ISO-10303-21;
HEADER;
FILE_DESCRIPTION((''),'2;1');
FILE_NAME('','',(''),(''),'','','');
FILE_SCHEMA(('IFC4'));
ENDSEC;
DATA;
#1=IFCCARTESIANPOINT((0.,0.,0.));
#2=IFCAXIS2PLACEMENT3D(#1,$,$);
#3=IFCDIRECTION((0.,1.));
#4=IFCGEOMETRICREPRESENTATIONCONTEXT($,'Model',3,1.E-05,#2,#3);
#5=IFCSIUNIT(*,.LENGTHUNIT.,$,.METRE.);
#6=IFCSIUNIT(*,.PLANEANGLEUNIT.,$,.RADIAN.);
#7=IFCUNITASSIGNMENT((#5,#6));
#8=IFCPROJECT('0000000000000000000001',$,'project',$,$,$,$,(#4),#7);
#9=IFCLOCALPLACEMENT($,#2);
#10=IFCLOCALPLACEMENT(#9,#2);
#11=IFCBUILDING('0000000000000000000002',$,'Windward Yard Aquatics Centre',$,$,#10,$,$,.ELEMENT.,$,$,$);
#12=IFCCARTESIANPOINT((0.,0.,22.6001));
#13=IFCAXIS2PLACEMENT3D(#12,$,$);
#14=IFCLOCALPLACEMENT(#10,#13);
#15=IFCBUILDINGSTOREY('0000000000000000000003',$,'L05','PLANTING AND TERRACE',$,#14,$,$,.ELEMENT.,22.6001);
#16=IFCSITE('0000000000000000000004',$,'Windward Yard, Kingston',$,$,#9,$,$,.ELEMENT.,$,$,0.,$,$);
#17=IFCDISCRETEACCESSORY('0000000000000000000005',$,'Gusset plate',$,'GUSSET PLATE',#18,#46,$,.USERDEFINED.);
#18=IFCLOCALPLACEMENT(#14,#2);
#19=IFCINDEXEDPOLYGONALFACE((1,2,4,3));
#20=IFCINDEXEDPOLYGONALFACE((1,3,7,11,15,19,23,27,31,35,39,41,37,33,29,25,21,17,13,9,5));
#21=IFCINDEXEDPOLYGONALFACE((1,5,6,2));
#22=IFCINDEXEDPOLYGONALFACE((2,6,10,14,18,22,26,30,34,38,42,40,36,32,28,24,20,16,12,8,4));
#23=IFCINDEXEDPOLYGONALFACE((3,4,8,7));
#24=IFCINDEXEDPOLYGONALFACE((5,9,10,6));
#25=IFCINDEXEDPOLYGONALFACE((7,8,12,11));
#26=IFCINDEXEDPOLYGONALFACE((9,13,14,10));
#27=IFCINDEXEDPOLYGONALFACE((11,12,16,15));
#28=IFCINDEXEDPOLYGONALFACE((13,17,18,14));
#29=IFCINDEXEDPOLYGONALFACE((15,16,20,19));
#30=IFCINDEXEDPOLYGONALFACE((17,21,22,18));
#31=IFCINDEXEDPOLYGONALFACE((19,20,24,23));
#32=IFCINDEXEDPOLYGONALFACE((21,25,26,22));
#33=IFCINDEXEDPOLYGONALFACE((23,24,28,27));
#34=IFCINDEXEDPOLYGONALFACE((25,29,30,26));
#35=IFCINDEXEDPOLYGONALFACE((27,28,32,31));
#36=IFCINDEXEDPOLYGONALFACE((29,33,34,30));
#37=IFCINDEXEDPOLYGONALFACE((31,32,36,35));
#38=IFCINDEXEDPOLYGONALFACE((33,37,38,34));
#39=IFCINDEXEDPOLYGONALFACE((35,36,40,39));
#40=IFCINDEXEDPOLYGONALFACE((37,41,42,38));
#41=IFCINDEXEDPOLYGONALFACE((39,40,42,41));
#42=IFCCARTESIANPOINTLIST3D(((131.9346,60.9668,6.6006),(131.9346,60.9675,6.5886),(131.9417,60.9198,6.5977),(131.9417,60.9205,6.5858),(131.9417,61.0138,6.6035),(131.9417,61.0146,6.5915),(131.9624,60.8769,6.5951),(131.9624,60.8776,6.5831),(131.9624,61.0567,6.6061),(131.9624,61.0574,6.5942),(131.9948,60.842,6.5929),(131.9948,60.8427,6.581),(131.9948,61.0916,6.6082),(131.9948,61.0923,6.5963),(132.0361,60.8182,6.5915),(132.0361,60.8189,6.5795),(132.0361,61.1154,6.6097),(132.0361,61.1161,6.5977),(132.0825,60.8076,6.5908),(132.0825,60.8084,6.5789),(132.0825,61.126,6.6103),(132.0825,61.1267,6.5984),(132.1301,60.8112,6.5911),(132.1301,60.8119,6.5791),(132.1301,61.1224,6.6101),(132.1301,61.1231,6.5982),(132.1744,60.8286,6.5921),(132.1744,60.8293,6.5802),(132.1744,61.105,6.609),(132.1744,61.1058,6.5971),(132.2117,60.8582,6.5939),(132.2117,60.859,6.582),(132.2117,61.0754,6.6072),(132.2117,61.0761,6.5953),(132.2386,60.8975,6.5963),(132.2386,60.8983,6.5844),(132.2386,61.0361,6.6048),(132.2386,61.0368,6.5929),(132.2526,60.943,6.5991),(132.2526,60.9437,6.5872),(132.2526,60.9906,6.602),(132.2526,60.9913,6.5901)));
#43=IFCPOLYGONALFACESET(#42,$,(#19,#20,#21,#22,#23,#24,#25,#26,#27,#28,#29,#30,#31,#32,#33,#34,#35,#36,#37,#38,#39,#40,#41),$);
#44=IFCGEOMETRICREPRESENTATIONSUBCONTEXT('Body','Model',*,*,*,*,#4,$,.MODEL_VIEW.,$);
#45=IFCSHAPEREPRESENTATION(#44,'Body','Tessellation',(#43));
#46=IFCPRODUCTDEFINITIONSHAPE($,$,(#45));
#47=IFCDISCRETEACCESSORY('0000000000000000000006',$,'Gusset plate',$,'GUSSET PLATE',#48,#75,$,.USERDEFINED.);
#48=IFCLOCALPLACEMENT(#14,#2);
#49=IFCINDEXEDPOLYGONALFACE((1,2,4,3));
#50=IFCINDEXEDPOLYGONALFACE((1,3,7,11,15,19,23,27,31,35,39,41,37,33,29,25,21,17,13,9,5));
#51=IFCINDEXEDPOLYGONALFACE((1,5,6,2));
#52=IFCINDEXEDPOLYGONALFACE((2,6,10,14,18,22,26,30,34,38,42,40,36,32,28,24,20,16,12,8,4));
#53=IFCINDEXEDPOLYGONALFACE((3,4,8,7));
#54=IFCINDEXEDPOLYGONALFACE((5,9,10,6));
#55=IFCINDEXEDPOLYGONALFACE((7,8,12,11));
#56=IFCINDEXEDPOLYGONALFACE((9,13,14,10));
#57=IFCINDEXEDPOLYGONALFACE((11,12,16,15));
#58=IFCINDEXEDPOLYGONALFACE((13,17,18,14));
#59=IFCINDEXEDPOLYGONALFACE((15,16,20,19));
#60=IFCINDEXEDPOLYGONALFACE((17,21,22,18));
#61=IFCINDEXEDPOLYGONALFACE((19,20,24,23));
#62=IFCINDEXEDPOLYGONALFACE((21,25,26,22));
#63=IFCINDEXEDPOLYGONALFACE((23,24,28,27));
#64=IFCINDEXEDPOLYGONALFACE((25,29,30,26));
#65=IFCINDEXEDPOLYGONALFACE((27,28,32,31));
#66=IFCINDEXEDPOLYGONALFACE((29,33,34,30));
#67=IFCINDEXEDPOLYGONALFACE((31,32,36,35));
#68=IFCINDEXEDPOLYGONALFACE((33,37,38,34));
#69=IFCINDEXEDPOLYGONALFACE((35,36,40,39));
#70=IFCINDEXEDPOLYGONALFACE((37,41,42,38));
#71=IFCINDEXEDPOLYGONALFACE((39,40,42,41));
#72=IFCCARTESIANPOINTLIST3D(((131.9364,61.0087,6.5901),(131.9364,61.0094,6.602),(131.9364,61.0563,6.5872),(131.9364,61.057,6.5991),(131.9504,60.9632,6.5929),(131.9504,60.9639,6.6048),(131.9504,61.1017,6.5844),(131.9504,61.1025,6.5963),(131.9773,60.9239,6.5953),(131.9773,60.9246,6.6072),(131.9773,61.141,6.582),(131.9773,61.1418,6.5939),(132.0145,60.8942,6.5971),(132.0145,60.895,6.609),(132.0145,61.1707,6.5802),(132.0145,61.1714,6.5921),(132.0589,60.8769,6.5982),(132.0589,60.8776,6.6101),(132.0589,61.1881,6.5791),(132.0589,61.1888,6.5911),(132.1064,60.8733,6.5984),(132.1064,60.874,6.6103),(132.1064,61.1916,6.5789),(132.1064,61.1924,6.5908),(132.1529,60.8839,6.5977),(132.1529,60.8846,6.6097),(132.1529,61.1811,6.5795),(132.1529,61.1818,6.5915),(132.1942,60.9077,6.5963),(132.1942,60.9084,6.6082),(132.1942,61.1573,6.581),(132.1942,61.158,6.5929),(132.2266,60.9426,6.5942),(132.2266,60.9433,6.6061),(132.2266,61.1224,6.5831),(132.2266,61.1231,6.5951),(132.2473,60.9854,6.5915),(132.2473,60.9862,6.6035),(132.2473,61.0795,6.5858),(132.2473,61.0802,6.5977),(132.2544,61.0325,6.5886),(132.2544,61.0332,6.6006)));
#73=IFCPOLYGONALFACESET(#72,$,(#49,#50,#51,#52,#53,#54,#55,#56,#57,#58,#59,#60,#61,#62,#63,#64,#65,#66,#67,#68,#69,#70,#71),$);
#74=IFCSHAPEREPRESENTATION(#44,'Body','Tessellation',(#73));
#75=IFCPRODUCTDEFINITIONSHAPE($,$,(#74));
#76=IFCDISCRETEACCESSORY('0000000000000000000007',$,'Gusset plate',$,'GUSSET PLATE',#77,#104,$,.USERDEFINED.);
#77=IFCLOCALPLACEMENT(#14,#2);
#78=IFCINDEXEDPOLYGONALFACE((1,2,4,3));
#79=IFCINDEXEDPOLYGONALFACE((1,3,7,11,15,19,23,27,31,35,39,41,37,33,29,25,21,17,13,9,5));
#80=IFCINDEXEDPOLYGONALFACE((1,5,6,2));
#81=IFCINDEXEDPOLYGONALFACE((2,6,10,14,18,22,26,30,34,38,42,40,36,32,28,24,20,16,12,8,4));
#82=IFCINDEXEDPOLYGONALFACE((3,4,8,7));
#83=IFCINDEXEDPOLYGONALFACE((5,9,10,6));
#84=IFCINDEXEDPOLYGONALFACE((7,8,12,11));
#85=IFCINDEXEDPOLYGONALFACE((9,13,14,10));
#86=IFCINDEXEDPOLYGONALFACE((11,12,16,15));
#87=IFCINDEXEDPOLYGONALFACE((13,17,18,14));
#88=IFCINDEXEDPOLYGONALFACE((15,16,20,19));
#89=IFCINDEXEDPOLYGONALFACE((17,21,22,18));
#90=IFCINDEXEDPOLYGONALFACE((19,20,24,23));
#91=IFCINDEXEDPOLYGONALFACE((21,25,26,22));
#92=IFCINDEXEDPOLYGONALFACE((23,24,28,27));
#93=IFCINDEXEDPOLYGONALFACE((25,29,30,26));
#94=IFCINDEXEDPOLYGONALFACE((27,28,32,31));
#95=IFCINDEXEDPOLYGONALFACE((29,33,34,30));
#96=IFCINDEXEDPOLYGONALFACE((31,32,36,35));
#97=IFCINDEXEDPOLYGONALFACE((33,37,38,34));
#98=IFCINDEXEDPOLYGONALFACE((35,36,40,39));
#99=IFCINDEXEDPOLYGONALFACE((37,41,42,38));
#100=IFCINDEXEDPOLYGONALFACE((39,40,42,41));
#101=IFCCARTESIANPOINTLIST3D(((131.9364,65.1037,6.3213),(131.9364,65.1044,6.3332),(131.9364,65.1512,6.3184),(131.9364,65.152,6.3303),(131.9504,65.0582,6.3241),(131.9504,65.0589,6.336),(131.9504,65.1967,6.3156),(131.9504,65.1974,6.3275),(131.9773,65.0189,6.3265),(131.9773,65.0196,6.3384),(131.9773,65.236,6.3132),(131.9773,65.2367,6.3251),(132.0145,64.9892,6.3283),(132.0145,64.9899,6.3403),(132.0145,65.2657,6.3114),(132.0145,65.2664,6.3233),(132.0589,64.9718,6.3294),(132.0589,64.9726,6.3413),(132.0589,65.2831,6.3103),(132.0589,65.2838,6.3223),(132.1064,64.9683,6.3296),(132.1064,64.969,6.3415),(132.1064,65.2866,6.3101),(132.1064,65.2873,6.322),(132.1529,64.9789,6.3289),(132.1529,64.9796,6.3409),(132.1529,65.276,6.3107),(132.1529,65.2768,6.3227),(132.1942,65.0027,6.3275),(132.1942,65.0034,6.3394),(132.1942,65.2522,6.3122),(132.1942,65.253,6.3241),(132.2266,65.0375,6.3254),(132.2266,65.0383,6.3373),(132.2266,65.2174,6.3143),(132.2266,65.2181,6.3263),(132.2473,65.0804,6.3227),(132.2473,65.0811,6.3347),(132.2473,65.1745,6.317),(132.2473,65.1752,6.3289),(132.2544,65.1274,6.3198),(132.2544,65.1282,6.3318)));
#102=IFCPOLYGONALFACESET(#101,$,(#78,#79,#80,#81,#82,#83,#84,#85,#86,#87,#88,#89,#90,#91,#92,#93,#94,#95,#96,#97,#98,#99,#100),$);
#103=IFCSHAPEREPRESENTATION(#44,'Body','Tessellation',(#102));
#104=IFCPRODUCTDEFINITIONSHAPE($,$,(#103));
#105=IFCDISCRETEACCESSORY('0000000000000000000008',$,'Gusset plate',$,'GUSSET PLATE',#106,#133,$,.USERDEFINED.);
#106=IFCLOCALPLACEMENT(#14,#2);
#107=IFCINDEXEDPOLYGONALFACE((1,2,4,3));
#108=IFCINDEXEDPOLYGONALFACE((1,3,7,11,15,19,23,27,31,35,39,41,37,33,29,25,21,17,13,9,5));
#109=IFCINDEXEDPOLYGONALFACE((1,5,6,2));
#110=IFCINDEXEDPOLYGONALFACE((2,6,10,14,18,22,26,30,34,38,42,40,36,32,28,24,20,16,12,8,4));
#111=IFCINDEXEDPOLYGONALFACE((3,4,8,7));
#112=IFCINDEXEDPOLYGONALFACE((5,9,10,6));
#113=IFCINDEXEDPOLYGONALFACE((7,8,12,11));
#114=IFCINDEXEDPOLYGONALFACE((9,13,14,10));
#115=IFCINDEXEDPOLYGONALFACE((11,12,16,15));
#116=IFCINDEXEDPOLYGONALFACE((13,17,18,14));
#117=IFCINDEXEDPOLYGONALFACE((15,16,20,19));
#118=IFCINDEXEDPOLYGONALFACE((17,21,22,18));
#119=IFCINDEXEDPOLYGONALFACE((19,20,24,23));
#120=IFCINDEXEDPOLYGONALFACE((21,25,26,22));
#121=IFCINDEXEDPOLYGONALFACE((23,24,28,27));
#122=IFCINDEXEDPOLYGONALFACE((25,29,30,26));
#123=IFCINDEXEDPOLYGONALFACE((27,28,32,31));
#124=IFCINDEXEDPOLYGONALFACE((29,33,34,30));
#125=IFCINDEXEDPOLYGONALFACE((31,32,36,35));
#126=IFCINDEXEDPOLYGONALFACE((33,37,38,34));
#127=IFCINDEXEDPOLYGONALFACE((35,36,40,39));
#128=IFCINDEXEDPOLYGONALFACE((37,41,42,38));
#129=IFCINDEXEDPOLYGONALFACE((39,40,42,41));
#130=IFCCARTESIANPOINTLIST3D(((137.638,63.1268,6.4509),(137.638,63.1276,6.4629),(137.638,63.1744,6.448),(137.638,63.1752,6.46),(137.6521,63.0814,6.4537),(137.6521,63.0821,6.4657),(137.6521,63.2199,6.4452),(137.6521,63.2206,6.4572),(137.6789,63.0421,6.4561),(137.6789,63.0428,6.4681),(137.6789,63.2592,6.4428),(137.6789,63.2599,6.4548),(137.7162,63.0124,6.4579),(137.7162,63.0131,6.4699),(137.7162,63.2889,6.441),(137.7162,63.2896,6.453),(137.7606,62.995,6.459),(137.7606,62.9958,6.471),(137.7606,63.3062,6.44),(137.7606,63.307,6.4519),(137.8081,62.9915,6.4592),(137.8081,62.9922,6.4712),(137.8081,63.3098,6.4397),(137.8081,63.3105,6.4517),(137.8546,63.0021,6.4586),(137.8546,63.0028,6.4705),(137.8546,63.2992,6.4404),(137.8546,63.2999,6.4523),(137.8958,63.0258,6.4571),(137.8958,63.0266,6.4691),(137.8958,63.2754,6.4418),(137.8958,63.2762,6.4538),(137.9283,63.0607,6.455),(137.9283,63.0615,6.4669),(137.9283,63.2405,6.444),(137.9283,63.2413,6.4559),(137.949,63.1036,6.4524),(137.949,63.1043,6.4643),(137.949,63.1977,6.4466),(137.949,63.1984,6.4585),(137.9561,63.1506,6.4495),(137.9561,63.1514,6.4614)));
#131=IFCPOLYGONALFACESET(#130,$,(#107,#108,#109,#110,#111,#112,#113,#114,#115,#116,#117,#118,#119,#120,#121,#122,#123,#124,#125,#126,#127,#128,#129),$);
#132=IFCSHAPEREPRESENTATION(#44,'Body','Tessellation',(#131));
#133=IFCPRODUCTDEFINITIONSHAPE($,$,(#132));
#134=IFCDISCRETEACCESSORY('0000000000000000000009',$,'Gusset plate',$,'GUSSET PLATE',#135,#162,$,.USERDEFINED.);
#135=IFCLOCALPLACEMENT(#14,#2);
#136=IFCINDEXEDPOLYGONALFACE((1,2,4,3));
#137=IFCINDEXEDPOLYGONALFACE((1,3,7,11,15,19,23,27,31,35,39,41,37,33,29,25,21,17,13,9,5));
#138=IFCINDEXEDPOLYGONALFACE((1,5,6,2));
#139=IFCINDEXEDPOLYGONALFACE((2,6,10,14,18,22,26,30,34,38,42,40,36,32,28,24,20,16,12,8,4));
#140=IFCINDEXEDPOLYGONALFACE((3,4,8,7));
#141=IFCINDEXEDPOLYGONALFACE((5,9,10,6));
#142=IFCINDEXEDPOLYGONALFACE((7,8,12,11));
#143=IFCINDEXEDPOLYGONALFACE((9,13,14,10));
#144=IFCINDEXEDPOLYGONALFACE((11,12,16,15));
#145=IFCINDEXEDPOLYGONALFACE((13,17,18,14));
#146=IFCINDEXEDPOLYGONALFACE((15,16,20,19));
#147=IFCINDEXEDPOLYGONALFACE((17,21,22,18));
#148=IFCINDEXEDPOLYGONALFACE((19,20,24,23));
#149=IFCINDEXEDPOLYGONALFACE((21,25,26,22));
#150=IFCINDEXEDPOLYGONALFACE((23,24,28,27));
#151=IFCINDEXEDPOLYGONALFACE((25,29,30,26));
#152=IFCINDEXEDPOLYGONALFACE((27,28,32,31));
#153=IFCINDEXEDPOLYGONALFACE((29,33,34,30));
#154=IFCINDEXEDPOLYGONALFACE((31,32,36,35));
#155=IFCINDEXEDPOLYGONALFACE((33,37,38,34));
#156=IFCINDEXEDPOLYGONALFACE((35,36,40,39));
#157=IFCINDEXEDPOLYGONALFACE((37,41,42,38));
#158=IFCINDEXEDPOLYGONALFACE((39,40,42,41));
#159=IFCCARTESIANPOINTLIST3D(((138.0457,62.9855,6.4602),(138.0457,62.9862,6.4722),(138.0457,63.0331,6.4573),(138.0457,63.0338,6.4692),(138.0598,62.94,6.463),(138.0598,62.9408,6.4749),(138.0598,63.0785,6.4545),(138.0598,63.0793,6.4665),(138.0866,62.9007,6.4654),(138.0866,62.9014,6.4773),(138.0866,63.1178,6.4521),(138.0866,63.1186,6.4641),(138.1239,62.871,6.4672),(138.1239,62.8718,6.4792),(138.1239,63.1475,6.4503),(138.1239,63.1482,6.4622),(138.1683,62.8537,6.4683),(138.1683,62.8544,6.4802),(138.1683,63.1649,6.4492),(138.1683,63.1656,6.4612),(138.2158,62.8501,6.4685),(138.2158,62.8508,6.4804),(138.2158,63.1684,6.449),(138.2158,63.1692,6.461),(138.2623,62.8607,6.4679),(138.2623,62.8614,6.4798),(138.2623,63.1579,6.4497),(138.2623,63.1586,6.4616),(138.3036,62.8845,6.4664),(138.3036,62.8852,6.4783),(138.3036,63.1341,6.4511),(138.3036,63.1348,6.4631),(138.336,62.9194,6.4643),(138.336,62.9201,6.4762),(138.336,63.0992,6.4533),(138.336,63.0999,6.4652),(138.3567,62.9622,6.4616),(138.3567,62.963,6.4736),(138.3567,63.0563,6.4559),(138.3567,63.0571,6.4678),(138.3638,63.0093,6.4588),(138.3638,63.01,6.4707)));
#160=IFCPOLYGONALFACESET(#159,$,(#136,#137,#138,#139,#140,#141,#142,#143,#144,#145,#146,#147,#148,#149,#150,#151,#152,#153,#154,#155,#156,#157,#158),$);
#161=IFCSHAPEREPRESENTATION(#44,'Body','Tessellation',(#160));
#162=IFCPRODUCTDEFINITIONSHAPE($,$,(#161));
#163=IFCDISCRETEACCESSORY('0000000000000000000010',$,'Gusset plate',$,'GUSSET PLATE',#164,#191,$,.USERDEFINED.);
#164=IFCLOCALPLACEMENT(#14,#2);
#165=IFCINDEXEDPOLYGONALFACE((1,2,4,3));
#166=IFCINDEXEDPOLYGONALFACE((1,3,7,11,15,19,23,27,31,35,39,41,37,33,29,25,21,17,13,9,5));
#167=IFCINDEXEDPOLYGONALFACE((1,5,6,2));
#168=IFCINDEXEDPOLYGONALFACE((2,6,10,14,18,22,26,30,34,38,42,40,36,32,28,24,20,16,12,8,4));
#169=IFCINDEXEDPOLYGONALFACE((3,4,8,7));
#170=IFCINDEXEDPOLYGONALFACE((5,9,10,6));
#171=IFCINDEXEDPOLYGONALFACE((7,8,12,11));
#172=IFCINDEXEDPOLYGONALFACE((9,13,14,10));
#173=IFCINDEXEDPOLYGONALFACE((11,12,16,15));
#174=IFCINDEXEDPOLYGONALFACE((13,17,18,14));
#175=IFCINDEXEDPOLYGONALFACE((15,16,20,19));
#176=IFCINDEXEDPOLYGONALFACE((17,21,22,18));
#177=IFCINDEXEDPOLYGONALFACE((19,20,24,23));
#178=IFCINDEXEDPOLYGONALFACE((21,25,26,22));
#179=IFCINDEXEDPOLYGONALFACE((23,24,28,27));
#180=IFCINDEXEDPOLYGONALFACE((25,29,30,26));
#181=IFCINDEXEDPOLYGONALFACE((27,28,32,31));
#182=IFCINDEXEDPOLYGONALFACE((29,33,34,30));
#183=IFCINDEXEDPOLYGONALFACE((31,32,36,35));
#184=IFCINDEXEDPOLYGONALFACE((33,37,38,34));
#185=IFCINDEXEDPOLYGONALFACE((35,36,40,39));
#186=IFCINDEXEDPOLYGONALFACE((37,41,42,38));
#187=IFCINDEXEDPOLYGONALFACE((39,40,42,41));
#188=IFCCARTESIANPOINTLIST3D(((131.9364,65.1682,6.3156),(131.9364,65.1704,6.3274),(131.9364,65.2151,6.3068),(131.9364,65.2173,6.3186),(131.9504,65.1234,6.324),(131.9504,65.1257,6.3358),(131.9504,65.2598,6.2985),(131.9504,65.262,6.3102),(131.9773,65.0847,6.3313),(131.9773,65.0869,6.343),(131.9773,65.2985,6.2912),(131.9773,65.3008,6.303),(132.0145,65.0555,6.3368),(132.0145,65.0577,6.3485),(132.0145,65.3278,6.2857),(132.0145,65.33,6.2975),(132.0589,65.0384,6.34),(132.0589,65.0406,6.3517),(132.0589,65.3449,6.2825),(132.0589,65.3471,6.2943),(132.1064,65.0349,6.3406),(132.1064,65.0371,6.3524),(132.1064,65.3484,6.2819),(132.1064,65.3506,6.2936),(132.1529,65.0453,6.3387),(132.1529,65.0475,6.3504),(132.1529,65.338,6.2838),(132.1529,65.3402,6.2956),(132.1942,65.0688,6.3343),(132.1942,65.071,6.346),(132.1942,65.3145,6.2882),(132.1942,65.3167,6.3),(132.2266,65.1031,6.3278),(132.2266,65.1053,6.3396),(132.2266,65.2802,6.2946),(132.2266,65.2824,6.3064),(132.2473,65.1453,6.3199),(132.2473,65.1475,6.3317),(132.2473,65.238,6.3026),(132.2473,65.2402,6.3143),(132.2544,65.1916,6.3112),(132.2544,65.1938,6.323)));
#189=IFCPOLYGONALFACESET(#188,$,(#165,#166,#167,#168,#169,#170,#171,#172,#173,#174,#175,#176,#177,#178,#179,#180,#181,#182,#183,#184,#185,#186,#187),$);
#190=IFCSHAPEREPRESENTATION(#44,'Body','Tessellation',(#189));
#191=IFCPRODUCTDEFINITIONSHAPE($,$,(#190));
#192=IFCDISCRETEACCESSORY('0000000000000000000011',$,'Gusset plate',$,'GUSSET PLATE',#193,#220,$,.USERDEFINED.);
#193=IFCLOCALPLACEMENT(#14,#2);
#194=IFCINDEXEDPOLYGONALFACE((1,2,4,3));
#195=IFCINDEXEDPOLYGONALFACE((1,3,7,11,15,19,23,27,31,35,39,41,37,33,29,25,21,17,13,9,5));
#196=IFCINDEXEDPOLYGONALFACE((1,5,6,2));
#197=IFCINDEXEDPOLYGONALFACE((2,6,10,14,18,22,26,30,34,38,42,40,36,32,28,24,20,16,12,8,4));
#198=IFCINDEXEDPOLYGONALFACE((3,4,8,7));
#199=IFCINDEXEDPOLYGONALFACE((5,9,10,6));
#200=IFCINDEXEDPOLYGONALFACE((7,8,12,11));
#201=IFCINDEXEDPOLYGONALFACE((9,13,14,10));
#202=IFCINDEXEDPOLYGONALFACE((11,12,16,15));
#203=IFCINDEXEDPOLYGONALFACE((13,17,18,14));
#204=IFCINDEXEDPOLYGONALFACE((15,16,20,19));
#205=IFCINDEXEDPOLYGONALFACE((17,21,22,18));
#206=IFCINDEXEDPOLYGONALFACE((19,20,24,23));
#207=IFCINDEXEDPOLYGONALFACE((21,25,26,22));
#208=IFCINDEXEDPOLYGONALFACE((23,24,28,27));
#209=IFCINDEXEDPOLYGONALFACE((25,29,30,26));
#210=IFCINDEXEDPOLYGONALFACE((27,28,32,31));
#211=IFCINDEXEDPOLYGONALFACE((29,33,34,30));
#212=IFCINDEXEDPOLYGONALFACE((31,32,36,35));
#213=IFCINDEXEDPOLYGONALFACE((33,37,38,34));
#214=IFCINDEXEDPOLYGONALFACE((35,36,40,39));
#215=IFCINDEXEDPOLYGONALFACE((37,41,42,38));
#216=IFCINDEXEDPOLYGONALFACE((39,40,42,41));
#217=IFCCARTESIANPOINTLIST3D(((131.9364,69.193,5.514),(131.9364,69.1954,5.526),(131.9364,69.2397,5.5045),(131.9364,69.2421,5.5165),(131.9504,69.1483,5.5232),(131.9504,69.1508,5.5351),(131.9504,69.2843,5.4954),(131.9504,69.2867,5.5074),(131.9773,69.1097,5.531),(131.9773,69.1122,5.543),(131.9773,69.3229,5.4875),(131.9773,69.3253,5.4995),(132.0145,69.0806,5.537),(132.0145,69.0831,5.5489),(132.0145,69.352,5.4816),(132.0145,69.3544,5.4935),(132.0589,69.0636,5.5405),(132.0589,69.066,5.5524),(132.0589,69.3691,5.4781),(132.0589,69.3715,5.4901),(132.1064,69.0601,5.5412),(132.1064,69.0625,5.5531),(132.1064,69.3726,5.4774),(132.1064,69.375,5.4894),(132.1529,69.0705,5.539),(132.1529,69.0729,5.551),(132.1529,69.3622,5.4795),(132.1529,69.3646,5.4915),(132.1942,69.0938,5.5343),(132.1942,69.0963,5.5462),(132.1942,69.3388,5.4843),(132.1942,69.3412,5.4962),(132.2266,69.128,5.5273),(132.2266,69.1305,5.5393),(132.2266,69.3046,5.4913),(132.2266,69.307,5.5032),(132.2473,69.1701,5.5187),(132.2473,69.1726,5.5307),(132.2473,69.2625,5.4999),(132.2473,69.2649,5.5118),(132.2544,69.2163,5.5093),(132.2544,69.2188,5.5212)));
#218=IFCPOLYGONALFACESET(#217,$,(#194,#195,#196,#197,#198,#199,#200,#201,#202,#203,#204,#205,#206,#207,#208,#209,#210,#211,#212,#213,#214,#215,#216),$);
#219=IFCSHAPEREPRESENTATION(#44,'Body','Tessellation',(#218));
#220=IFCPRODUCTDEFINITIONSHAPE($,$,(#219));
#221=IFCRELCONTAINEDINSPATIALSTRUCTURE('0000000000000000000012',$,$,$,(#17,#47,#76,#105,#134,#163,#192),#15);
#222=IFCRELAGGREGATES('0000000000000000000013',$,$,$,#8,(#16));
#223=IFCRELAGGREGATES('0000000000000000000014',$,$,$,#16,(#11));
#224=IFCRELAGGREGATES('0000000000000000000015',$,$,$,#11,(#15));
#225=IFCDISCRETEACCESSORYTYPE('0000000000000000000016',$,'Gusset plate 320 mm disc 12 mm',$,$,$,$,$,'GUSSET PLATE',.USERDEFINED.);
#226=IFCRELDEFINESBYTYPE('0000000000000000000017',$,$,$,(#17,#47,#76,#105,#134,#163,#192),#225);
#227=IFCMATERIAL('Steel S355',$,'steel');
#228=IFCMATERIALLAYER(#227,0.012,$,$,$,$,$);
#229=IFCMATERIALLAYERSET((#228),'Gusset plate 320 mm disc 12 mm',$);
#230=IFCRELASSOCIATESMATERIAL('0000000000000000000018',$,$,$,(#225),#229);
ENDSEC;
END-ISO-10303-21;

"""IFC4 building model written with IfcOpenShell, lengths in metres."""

from ifc_helpers import new_model, si_unit, direction, frame, origin, origin_2d, place, context, subcontext, project, spatial, circle, extrude, material, layer, layer_set, type_object, element, save


model = new_model("IFC4")

# Units and contexts
model_context = context("Model", 3, precision=1e-05, world=origin(), true_north=direction((0.0, 1.0)))
body_context = subcontext(model_context, "Body", "Model", "MODEL_VIEW")
ifc_project = project(units=[si_unit("LENGTHUNIT", "METRE"), si_unit("PLANEANGLEUNIT", "RADIAN")], contexts=[model_context])

# Site, building, storey
site_placement = place(None, origin())
site = spatial("IfcSite", under=ifc_project, at=site_placement, Name="Windward Yard, Kingston", CompositionType="ELEMENT", RefElevation=0.0)
building_placement = place(site_placement, origin())
building = spatial("IfcBuilding", under=site, at=building_placement, Name="Windward Yard Aquatics Centre", CompositionType="ELEMENT")
storey_placement = place(building_placement, frame((0.0, 0.0, 22.6001)))
storey = spatial("IfcBuildingStorey", under=building, at=storey_placement, Name="L05", Description="PLANTING AND TERRACE", CompositionType="ELEMENT", Elevation=22.6001)

# Discrete accessories
ifc_material_1 = material(Name="Steel S355", Category="steel")
ifc_layer = layer(ifc_material_1, 0.012)
ifc_layer_set = layer_set([ifc_layer], Name="Gusset plate 320 mm disc 12 mm")
discrete_accessory_type = type_object("IfcDiscreteAccessoryType", Name="Gusset plate 320 mm disc 12 mm", ElementType="GUSSET PLATE", PredefinedType="USERDEFINED", material=ifc_layer_set)
for number, where, z_axis, x_axis, name in (
    (1, (132.0945, 60.9668, 6.6006), (0.0, 0.06111, -0.998131), (-1.0, 0.0, 0.0), "Gusset plate"),
    (2, (132.0945, 61.0332, 6.6006), (0.0, -0.06111, -0.998131), (1.0, 0.0, 0.0), "Gusset plate"),
    (3, (132.0945, 65.1282, 6.3318), (0.0, -0.06111, -0.998131), (1.0, 0.0, 0.0), "Gusset plate"),
    (4, (137.7961, 63.1514, 6.4614), (0.0, -0.06111, -0.998131), (1.0, 0.0, 0.0), "Gusset plate"),
    (5, (138.2039, 63.01, 6.4707), (0.0, -0.06111, -0.998131), (1.0, 0.0, 0.0), "Gusset plate"),
    (6, (132.0945, 65.1938, 6.323), (0.0, -0.184289, -0.982872), (1.0, 0.0, 0.0), "Gusset plate"),
):
    element("IfcDiscreteAccessory", number, at=place(storey_placement, frame(where, z_axis=z_axis, x_axis=x_axis)), inside=storey, type_object=discrete_accessory_type, Name=name, ObjectType="GUSSET PLATE", PredefinedType="USERDEFINED", context=body_context, shape_type="SweptSolid", body=[
        extrude(circle(Radius=0.1599, at=origin_2d()), origin(), (0.0, 0.0, 1.0), 0.012),
    ])
discrete_accessory_1_placement = place(storey_placement, frame((132.0945, 69.2188, 5.5212), z_axis=(0.0, -0.19996, -0.979804), x_axis=(1.0, 0.0, 0.0)))
element("IfcDiscreteAccessory", 7, at=discrete_accessory_1_placement, inside=storey, type_object=discrete_accessory_type, Name="Gusset plate", ObjectType="GUSSET PLATE", PredefinedType="USERDEFINED", context=body_context, shape_type="SweptSolid", body=[
    extrude(circle(Radius=0.1599, at=origin_2d()), origin(), (0.0, 0.0, 1.0), 0.0122),
])

save(model, "model.ifc")
